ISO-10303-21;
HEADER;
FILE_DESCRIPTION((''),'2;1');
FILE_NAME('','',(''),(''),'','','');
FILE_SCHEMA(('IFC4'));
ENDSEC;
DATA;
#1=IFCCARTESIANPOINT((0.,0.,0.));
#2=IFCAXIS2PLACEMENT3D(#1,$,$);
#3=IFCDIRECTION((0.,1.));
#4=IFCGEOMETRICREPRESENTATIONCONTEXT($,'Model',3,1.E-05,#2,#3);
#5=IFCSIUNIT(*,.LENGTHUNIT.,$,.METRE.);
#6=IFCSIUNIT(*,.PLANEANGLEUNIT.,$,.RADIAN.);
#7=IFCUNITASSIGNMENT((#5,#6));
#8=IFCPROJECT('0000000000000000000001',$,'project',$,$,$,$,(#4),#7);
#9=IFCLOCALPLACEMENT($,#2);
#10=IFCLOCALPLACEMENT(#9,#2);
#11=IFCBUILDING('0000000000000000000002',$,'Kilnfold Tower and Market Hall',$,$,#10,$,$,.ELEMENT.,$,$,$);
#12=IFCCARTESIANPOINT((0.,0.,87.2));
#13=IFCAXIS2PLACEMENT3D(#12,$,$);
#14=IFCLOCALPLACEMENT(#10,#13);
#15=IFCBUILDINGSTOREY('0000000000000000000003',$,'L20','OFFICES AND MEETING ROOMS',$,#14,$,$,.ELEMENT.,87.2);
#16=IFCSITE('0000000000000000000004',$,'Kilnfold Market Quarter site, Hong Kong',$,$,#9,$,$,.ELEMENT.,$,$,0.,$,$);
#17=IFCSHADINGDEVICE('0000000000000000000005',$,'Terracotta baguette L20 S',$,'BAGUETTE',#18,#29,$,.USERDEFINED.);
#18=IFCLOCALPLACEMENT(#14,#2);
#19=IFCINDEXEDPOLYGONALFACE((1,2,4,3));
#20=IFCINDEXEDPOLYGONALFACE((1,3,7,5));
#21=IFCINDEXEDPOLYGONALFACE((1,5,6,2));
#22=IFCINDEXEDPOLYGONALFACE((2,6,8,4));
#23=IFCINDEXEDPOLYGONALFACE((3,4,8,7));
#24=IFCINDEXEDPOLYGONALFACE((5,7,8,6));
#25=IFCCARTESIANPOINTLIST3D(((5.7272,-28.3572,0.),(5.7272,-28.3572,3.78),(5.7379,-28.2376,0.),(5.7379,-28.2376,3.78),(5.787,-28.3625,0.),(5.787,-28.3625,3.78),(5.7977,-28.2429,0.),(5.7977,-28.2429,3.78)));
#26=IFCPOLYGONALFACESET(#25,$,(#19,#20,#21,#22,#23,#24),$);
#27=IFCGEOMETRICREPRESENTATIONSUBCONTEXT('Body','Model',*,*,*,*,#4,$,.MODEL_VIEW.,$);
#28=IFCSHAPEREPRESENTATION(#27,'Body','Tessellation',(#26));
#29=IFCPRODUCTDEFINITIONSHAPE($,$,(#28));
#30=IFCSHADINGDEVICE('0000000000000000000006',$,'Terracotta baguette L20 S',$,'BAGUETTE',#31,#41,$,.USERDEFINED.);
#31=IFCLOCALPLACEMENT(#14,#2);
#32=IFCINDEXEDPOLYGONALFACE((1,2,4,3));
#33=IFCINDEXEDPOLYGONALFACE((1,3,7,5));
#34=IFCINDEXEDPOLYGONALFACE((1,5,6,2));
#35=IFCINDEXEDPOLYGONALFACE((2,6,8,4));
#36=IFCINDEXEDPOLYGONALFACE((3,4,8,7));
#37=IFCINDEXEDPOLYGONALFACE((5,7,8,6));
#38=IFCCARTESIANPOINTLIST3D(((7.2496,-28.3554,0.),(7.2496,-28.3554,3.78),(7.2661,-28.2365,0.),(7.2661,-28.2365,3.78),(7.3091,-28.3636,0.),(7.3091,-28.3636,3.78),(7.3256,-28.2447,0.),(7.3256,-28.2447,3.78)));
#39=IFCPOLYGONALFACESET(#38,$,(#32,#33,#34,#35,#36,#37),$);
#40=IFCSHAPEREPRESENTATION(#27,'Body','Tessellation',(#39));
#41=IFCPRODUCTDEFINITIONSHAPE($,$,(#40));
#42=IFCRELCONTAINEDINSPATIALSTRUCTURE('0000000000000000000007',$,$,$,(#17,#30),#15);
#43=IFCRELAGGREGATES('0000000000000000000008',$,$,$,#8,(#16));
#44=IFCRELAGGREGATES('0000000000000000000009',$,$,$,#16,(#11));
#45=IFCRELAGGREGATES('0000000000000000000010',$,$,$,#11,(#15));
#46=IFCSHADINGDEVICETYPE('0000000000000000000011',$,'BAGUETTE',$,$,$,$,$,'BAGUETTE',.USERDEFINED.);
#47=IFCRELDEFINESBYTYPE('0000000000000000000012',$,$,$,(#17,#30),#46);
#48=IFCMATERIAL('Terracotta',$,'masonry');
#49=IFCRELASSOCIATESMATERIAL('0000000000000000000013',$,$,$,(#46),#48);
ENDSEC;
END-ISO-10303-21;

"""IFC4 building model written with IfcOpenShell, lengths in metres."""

from ifc_helpers import new_model, si_unit, direction, frame, origin, origin_2d, place, context, subcontext, project, spatial, rectangle, extrude, source, transform, mapped, material, material_profile, profile_set, type_object, element, save


model = new_model("IFC4")

# Units and contexts
model_context = context("Model", 3, precision=1e-05, world=origin(), true_north=direction((0.0, 1.0)))
body_context = subcontext(model_context, "Body", "Model", "MODEL_VIEW")
ifc_project = project(units=[si_unit("LENGTHUNIT", "METRE"), si_unit("PLANEANGLEUNIT", "RADIAN")], contexts=[model_context])

# Site, building, storey
site_placement = place(None, origin())
site = spatial("IfcSite", under=ifc_project, at=site_placement, Name="Kilnfold Market Quarter site, Hong Kong", CompositionType="ELEMENT", RefElevation=0.0)
building_placement = place(site_placement, origin())
building = spatial("IfcBuilding", under=site, at=building_placement, Name="Kilnfold Tower and Market Hall", CompositionType="ELEMENT")
storey_placement = place(building_placement, frame((0.0, 0.0, 87.2)))
storey = spatial("IfcBuildingStorey", under=building, at=storey_placement, Name="L20", Description="OFFICES AND MEETING ROOMS", CompositionType="ELEMENT", Elevation=87.2)

# Shading devices
ifc_material_1 = material(Name="Terracotta", Category="masonry")
ifc_material_profile_1 = material_profile(ifc_material_1, rectangle(XDim=0.0601, YDim=0.1201, at=origin_2d()), Name="BAG 60x120")
ifc_profile_set_1 = profile_set([ifc_material_profile_1], Name="Terracotta")
shading_device_type = type_object("IfcShadingDeviceType", Name="BAGUETTE", ElementType="BAGUETTE", PredefinedType="USERDEFINED", material=ifc_profile_set_1)
shared_shape_1 = source(origin(), body_context, "Body", "SweptSolid", [
    extrude(rectangle(XDim=0.0601, YDim=0.1201, at=origin_2d()), origin(), (0.0, 0.0, 1.0), 3.78),
])
for number, where, z_axis, x_axis, name in (
    (1, (5.7625, -28.3, 0.0), (0.0, 0.0, 1.0), (0.996014, -0.089197, 0.0), "Terracotta baguette L20 S"),
    (2, (7.2876, -28.3, 0.0), (0.0, 0.0, 1.0), (0.990623, -0.136623, 0.0), "Terracotta baguette L20 S"),
):
    element("IfcShadingDevice", number, at=place(storey_placement, frame(where, z_axis=z_axis, x_axis=x_axis)), inside=storey, type_object=shading_device_type, Name=name, ObjectType="BAGUETTE", PredefinedType="USERDEFINED", context=body_context, shape_type="MappedRepresentation", body=[
        mapped(shared_shape_1, transform((0.0, 0.0, 0.0))),
    ])

save(model, "model.ifc")
